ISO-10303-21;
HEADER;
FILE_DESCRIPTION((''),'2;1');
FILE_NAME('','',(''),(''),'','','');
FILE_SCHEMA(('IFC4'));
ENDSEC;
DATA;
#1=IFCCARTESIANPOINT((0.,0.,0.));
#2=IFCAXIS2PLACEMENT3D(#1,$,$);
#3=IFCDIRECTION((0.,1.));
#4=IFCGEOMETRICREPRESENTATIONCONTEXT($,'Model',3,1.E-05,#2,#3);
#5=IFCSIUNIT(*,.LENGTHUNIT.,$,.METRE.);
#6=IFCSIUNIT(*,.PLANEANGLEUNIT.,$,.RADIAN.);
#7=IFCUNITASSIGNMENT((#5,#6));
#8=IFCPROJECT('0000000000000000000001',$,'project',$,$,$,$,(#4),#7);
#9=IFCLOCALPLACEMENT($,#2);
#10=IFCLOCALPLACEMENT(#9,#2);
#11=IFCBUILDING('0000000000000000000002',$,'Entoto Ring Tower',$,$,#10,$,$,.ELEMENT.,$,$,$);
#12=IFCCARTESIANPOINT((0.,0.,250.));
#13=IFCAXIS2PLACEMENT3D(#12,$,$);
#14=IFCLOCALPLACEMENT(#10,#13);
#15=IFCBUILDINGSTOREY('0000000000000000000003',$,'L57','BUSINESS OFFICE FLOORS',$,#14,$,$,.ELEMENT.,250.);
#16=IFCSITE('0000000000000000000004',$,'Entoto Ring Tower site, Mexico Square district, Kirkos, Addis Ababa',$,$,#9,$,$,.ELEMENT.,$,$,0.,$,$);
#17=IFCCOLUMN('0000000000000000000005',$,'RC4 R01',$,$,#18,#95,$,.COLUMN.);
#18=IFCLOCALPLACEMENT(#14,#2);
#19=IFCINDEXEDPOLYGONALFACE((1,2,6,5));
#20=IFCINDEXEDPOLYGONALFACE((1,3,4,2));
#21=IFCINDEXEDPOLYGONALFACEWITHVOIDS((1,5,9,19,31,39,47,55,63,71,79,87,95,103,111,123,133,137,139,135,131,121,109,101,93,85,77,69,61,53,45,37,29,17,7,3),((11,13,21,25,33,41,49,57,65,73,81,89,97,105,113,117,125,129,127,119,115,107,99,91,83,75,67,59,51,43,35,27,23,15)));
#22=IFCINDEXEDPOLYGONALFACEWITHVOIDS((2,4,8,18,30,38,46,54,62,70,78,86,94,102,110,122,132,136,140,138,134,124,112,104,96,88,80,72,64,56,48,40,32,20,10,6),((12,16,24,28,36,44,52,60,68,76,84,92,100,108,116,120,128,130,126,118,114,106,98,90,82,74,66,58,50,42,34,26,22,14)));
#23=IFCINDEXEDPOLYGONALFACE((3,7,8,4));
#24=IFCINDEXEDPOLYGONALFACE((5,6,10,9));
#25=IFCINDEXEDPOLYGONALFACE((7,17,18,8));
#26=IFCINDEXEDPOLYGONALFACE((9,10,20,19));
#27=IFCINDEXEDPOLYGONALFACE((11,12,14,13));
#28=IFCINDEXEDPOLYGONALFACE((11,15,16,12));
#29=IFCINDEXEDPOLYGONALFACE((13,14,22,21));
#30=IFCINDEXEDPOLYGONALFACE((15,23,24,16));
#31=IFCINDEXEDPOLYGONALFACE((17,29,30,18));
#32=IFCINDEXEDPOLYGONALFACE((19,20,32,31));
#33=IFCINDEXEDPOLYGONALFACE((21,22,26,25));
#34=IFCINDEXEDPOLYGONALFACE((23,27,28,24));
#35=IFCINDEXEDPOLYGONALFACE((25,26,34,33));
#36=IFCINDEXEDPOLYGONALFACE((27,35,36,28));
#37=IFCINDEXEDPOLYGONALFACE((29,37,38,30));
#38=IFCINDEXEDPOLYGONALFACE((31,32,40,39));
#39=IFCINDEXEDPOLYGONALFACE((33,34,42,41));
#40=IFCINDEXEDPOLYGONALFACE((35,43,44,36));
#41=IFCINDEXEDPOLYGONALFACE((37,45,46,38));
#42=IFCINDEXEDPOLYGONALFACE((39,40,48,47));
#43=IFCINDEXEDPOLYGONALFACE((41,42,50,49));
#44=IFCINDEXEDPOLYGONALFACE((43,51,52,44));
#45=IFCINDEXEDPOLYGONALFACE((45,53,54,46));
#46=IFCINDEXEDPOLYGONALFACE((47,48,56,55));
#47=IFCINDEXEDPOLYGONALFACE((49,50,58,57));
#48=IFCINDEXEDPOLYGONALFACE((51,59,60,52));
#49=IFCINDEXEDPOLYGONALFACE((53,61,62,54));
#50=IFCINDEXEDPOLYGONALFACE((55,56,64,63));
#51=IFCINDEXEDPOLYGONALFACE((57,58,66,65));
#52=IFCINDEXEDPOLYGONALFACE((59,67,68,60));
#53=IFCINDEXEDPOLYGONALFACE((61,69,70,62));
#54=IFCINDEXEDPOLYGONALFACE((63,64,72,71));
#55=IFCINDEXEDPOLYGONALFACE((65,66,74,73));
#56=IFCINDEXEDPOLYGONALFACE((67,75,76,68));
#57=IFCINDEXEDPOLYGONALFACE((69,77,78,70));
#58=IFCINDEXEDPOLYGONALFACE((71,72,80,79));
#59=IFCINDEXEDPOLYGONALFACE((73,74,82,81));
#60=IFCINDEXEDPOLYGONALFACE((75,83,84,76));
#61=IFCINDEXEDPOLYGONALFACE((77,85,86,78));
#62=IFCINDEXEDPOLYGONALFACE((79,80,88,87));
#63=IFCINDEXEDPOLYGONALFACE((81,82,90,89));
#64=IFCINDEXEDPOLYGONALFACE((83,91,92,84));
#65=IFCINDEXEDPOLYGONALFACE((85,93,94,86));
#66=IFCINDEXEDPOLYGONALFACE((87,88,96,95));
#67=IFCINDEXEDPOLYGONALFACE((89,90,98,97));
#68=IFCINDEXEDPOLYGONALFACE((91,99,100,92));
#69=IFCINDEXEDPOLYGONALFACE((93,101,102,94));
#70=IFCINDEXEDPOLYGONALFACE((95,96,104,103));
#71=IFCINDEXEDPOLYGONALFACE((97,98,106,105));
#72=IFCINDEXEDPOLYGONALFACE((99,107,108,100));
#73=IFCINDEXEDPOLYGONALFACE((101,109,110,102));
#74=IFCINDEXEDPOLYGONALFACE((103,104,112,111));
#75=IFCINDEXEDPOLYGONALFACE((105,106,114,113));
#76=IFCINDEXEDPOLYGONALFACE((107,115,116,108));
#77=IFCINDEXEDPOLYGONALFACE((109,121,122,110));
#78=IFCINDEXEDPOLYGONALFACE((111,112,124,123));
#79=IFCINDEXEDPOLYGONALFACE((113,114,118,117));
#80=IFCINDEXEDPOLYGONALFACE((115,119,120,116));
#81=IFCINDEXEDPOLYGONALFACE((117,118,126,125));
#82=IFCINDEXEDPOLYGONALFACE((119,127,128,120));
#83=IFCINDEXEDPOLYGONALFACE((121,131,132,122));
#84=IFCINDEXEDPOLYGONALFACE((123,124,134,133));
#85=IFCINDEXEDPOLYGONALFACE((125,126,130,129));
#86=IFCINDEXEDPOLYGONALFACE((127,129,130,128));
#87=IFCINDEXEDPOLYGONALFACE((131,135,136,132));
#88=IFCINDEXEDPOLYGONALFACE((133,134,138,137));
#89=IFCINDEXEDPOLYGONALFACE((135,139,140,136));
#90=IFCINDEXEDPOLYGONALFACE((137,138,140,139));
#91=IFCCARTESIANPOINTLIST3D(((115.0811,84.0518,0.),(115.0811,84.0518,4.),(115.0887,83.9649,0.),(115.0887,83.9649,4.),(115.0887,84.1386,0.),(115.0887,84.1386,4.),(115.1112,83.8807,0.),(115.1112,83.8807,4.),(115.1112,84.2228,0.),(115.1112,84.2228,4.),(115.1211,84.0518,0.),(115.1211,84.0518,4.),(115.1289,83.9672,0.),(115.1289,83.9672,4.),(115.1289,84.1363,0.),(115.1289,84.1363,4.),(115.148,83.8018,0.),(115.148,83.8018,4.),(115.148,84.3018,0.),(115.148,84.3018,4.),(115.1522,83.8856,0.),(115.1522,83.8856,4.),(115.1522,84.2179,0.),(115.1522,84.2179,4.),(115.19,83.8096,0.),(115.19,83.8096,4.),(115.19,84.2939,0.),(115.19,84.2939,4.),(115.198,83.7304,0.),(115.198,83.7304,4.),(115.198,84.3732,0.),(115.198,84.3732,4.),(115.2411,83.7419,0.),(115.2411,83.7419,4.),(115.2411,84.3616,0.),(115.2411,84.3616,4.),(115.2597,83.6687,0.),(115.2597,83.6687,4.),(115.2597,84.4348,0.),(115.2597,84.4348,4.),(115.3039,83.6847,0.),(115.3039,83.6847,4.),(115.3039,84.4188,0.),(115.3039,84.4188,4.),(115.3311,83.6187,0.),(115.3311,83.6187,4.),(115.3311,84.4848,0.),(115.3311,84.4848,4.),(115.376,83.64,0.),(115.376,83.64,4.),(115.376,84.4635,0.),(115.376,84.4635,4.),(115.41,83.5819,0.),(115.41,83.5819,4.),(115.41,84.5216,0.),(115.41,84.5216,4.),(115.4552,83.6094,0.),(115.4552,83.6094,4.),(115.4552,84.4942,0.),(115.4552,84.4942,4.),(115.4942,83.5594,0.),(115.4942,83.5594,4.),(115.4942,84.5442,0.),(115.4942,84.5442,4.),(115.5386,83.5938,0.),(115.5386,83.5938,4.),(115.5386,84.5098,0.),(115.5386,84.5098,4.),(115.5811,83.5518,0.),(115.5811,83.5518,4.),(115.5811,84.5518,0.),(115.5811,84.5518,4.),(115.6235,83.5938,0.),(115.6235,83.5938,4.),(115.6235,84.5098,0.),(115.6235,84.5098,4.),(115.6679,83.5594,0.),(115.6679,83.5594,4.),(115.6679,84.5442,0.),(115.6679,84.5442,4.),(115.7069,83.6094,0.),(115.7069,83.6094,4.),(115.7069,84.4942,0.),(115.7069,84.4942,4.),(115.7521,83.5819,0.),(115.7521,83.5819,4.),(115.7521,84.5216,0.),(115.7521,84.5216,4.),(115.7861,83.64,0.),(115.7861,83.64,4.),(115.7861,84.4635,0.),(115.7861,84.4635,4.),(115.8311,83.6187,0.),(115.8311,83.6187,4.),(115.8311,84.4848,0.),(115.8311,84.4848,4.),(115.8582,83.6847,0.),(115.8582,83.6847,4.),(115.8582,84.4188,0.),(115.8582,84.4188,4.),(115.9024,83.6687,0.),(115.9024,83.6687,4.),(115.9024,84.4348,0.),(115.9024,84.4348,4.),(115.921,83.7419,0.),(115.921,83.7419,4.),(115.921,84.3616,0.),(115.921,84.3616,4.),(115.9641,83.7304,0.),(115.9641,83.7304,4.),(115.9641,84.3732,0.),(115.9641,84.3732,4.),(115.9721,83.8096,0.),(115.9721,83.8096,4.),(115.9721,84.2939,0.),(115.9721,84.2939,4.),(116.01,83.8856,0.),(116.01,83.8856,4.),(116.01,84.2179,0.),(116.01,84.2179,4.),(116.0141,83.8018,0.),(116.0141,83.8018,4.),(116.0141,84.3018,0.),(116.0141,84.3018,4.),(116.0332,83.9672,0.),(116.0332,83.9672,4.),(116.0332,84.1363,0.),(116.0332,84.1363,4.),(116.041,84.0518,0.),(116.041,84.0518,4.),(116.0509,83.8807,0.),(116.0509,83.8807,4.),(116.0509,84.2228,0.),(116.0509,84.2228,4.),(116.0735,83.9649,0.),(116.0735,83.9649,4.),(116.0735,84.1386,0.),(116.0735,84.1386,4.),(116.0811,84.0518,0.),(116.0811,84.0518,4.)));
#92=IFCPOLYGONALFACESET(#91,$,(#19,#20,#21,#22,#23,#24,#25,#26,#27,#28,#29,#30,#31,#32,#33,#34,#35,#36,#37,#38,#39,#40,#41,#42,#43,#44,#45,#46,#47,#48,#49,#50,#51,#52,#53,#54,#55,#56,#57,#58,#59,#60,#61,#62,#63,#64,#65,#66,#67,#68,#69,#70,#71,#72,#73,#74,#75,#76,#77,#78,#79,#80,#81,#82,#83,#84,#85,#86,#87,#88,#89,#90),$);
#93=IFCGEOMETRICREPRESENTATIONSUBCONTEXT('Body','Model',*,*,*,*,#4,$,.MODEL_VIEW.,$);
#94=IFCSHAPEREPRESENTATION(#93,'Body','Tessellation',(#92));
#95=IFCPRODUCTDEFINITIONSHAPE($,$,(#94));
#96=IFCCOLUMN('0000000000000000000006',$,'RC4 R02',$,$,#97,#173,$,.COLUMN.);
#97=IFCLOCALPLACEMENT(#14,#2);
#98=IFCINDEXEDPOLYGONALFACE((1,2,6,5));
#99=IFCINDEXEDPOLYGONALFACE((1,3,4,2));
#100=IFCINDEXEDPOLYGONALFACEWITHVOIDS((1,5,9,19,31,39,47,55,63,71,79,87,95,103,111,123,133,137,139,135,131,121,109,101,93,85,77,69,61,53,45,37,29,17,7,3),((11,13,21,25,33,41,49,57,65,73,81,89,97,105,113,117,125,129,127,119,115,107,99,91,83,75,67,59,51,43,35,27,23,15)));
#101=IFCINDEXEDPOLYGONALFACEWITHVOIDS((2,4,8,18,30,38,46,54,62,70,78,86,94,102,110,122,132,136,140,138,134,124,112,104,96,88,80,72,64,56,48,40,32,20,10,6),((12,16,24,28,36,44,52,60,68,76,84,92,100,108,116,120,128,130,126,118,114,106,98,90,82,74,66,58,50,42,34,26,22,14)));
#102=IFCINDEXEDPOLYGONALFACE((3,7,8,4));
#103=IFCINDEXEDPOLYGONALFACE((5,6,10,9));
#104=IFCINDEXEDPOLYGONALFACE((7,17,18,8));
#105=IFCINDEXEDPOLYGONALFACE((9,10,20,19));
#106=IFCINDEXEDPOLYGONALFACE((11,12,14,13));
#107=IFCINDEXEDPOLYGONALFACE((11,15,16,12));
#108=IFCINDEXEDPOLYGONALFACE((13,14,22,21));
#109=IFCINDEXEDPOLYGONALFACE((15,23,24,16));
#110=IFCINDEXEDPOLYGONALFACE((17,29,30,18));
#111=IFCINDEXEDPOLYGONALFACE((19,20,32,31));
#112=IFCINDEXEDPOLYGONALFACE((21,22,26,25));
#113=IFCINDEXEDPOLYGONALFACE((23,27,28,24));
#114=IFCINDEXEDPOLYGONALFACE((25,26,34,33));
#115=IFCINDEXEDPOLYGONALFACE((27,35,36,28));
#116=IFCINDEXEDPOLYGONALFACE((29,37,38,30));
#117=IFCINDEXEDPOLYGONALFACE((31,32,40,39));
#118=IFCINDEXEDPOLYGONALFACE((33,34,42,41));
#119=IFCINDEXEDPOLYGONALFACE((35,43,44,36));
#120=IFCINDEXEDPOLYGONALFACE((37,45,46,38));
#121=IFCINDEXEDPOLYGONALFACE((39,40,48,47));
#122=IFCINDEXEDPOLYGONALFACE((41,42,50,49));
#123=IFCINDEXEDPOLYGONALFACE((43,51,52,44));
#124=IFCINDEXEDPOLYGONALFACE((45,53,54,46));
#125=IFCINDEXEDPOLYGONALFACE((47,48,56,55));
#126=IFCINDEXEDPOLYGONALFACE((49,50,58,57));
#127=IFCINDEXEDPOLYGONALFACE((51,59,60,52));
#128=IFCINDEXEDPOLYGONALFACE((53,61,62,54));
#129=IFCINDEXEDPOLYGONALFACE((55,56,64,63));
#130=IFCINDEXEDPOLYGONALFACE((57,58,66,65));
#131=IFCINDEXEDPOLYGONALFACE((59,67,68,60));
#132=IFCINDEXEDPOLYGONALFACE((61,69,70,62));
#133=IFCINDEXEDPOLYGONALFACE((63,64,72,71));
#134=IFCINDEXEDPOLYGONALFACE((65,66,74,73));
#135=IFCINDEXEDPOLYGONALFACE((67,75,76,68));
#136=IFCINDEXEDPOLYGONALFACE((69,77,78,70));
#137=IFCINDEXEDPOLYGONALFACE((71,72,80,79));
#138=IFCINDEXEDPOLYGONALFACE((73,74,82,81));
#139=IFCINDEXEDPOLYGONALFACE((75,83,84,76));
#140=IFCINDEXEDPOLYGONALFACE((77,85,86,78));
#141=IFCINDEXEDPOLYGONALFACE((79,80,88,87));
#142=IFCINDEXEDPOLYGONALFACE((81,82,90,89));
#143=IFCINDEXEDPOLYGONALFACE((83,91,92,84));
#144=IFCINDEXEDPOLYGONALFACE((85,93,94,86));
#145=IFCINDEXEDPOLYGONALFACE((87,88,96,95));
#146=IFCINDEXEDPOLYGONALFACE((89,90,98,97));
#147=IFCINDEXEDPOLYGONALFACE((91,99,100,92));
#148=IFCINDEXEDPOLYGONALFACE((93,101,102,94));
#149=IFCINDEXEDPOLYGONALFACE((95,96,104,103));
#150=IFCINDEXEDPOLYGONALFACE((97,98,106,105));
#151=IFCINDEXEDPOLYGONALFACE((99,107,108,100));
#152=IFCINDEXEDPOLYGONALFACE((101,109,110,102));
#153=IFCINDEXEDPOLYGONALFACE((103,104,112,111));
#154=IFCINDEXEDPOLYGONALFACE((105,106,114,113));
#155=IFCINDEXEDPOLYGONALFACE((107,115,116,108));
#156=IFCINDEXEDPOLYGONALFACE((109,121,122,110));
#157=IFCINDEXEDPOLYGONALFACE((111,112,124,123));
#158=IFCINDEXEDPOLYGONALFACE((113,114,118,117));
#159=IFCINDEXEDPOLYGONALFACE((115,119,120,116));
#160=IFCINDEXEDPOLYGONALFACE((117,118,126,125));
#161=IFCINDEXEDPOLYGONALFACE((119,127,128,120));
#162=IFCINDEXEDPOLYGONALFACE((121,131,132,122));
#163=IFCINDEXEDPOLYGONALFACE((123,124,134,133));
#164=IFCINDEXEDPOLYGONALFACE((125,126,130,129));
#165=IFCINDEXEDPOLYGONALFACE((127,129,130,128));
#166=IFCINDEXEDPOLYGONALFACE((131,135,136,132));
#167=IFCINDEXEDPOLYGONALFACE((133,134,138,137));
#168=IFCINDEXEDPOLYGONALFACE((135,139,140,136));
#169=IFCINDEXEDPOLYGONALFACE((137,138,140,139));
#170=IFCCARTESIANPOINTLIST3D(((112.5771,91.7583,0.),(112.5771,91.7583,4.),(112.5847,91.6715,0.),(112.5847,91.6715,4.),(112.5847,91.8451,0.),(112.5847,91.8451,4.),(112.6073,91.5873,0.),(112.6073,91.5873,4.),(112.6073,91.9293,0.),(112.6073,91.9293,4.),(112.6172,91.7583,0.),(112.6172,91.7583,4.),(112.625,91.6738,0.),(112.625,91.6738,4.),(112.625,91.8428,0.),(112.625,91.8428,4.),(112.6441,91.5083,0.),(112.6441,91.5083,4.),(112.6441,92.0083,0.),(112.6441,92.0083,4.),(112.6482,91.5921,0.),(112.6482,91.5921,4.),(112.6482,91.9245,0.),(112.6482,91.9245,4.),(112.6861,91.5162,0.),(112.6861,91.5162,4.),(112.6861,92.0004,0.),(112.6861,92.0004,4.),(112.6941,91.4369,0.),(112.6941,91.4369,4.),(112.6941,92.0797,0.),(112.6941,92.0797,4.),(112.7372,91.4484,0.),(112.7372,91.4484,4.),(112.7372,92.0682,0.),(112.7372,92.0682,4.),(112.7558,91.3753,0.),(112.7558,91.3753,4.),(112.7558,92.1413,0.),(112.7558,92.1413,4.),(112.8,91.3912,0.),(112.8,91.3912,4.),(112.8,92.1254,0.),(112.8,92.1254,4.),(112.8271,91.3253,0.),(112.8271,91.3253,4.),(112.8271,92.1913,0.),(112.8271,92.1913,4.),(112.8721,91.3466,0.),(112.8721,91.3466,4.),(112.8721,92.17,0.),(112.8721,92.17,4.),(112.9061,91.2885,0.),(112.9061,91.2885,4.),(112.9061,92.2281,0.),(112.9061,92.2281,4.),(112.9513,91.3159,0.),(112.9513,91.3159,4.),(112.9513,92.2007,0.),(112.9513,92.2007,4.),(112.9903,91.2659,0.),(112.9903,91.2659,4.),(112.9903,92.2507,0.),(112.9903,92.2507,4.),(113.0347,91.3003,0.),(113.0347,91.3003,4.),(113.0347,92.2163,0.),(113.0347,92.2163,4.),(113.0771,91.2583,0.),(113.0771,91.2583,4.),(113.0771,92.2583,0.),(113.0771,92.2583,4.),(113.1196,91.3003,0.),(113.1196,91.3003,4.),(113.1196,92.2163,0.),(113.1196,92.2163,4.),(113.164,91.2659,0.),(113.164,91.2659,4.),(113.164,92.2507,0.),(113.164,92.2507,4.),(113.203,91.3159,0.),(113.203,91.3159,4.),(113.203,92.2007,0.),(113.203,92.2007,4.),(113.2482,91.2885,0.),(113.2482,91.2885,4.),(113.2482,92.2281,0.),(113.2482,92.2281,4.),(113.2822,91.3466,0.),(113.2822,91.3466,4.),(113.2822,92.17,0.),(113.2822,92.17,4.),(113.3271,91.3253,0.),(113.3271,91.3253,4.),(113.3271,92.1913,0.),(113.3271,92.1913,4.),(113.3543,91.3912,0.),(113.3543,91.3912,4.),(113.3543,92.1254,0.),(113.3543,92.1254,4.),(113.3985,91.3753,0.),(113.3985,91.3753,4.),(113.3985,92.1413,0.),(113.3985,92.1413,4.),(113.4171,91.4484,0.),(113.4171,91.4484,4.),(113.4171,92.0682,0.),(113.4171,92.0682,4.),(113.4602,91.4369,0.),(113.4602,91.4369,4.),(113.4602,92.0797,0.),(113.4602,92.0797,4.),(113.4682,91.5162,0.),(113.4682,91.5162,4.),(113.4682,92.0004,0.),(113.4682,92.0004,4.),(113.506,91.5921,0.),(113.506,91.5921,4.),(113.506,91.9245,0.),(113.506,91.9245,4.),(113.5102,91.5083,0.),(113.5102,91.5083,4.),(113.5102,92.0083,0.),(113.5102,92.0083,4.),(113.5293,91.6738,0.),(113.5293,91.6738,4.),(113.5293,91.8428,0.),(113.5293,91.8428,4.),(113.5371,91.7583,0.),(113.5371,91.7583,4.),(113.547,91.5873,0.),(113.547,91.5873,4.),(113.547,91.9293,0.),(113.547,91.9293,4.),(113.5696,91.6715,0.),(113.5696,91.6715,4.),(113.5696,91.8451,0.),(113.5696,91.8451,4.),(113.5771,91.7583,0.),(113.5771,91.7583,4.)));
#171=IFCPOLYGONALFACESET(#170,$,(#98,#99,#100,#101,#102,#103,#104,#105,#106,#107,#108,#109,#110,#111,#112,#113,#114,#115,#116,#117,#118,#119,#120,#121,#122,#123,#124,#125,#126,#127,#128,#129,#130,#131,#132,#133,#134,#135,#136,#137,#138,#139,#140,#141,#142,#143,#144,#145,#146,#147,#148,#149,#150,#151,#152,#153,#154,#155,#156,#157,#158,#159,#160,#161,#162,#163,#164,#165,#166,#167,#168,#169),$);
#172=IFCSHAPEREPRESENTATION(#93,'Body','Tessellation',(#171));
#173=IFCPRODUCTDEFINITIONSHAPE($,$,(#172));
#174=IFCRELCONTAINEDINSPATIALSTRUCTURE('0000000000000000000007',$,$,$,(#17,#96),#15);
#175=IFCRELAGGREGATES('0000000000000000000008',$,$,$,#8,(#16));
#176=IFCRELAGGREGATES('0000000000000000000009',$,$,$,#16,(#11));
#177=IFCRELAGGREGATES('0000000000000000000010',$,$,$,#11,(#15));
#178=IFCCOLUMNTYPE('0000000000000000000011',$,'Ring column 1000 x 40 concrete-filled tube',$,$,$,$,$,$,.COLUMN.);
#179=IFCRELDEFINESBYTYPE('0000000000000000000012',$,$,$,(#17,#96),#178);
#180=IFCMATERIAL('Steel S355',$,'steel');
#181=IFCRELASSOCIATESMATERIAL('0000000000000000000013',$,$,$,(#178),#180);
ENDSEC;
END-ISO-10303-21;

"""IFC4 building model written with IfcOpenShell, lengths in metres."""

from ifc_helpers import new_model, si_unit, direction, frame, origin, origin_2d, place, context, subcontext, project, spatial, circle, hollow_circle, extrude, material, material_profile, profile_set, type_object, element, save


model = new_model("IFC4")

# Units and contexts
model_context = context("Model", 3, precision=1e-05, world=origin(), true_north=direction((0.0, 1.0)))
body_context = subcontext(model_context, "Body", "Model", "MODEL_VIEW")
ifc_project = project(units=[si_unit("LENGTHUNIT", "METRE"), si_unit("PLANEANGLEUNIT", "RADIAN")], contexts=[model_context])

# Site, building, storey
site_placement = place(None, origin())
site = spatial("IfcSite", under=ifc_project, at=site_placement, Name="Entoto Ring Tower site, Mexico Square district, Kirkos, Addis Ababa", CompositionType="ELEMENT", RefElevation=0.0)
building_placement = place(site_placement, origin())
building = spatial("IfcBuilding", under=site, at=building_placement, Name="Entoto Ring Tower", CompositionType="ELEMENT")
storey_placement = place(building_placement, frame((0.0, 0.0, 250.0)))
storey = spatial("IfcBuildingStorey", under=building, at=storey_placement, Name="L57", Description="BUSINESS OFFICE FLOORS", CompositionType="ELEMENT", Elevation=250.0)

# Columns
ifc_material_1 = material(Name="Steel S355", Category="steel")
ifc_material_profile_1 = material_profile(ifc_material_1, hollow_circle(Radius=0.5, WallThickness=0.04, at=origin_2d()), Name="CHS 1000 x 40")
ifc_material_2 = material(Name="Concrete C60/75", Category="concrete")
ifc_material_profile_2 = material_profile(ifc_material_2, circle(Radius=0.46, at=origin_2d()), Name="Concrete C60/75 infill")
ifc_profile_set_1 = profile_set([ifc_material_profile_1, ifc_material_profile_2], Name="Steel S355")
column_type = type_object("IfcColumnType", Name="Ring column 1000 x 40 concrete-filled tube", PredefinedType="COLUMN", material=ifc_profile_set_1)
for number, where, z_axis, x_axis, name in (
    (1, (115.5811, 84.0518, 0.0), (0.0, 0.0, 1.0), (1.0, 0.0, 0.0), "RC4 R01"),
    (2, (113.0771, 91.7583, 0.0), (0.0, 0.0, 1.0), (1.0, 0.0, 0.0), "RC4 R02"),
):
    element("IfcColumn", number, at=place(storey_placement, frame(where, z_axis=z_axis, x_axis=x_axis)), inside=storey, type_object=column_type, Name=name, PredefinedType="COLUMN", context=body_context, shape_type="SweptSolid", body=[
        extrude(hollow_circle(Radius=0.5, WallThickness=0.04, at=origin_2d()), origin(), (0.0, 0.0, 1.0), 4.0),
    ])

save(model, "model.ifc")
